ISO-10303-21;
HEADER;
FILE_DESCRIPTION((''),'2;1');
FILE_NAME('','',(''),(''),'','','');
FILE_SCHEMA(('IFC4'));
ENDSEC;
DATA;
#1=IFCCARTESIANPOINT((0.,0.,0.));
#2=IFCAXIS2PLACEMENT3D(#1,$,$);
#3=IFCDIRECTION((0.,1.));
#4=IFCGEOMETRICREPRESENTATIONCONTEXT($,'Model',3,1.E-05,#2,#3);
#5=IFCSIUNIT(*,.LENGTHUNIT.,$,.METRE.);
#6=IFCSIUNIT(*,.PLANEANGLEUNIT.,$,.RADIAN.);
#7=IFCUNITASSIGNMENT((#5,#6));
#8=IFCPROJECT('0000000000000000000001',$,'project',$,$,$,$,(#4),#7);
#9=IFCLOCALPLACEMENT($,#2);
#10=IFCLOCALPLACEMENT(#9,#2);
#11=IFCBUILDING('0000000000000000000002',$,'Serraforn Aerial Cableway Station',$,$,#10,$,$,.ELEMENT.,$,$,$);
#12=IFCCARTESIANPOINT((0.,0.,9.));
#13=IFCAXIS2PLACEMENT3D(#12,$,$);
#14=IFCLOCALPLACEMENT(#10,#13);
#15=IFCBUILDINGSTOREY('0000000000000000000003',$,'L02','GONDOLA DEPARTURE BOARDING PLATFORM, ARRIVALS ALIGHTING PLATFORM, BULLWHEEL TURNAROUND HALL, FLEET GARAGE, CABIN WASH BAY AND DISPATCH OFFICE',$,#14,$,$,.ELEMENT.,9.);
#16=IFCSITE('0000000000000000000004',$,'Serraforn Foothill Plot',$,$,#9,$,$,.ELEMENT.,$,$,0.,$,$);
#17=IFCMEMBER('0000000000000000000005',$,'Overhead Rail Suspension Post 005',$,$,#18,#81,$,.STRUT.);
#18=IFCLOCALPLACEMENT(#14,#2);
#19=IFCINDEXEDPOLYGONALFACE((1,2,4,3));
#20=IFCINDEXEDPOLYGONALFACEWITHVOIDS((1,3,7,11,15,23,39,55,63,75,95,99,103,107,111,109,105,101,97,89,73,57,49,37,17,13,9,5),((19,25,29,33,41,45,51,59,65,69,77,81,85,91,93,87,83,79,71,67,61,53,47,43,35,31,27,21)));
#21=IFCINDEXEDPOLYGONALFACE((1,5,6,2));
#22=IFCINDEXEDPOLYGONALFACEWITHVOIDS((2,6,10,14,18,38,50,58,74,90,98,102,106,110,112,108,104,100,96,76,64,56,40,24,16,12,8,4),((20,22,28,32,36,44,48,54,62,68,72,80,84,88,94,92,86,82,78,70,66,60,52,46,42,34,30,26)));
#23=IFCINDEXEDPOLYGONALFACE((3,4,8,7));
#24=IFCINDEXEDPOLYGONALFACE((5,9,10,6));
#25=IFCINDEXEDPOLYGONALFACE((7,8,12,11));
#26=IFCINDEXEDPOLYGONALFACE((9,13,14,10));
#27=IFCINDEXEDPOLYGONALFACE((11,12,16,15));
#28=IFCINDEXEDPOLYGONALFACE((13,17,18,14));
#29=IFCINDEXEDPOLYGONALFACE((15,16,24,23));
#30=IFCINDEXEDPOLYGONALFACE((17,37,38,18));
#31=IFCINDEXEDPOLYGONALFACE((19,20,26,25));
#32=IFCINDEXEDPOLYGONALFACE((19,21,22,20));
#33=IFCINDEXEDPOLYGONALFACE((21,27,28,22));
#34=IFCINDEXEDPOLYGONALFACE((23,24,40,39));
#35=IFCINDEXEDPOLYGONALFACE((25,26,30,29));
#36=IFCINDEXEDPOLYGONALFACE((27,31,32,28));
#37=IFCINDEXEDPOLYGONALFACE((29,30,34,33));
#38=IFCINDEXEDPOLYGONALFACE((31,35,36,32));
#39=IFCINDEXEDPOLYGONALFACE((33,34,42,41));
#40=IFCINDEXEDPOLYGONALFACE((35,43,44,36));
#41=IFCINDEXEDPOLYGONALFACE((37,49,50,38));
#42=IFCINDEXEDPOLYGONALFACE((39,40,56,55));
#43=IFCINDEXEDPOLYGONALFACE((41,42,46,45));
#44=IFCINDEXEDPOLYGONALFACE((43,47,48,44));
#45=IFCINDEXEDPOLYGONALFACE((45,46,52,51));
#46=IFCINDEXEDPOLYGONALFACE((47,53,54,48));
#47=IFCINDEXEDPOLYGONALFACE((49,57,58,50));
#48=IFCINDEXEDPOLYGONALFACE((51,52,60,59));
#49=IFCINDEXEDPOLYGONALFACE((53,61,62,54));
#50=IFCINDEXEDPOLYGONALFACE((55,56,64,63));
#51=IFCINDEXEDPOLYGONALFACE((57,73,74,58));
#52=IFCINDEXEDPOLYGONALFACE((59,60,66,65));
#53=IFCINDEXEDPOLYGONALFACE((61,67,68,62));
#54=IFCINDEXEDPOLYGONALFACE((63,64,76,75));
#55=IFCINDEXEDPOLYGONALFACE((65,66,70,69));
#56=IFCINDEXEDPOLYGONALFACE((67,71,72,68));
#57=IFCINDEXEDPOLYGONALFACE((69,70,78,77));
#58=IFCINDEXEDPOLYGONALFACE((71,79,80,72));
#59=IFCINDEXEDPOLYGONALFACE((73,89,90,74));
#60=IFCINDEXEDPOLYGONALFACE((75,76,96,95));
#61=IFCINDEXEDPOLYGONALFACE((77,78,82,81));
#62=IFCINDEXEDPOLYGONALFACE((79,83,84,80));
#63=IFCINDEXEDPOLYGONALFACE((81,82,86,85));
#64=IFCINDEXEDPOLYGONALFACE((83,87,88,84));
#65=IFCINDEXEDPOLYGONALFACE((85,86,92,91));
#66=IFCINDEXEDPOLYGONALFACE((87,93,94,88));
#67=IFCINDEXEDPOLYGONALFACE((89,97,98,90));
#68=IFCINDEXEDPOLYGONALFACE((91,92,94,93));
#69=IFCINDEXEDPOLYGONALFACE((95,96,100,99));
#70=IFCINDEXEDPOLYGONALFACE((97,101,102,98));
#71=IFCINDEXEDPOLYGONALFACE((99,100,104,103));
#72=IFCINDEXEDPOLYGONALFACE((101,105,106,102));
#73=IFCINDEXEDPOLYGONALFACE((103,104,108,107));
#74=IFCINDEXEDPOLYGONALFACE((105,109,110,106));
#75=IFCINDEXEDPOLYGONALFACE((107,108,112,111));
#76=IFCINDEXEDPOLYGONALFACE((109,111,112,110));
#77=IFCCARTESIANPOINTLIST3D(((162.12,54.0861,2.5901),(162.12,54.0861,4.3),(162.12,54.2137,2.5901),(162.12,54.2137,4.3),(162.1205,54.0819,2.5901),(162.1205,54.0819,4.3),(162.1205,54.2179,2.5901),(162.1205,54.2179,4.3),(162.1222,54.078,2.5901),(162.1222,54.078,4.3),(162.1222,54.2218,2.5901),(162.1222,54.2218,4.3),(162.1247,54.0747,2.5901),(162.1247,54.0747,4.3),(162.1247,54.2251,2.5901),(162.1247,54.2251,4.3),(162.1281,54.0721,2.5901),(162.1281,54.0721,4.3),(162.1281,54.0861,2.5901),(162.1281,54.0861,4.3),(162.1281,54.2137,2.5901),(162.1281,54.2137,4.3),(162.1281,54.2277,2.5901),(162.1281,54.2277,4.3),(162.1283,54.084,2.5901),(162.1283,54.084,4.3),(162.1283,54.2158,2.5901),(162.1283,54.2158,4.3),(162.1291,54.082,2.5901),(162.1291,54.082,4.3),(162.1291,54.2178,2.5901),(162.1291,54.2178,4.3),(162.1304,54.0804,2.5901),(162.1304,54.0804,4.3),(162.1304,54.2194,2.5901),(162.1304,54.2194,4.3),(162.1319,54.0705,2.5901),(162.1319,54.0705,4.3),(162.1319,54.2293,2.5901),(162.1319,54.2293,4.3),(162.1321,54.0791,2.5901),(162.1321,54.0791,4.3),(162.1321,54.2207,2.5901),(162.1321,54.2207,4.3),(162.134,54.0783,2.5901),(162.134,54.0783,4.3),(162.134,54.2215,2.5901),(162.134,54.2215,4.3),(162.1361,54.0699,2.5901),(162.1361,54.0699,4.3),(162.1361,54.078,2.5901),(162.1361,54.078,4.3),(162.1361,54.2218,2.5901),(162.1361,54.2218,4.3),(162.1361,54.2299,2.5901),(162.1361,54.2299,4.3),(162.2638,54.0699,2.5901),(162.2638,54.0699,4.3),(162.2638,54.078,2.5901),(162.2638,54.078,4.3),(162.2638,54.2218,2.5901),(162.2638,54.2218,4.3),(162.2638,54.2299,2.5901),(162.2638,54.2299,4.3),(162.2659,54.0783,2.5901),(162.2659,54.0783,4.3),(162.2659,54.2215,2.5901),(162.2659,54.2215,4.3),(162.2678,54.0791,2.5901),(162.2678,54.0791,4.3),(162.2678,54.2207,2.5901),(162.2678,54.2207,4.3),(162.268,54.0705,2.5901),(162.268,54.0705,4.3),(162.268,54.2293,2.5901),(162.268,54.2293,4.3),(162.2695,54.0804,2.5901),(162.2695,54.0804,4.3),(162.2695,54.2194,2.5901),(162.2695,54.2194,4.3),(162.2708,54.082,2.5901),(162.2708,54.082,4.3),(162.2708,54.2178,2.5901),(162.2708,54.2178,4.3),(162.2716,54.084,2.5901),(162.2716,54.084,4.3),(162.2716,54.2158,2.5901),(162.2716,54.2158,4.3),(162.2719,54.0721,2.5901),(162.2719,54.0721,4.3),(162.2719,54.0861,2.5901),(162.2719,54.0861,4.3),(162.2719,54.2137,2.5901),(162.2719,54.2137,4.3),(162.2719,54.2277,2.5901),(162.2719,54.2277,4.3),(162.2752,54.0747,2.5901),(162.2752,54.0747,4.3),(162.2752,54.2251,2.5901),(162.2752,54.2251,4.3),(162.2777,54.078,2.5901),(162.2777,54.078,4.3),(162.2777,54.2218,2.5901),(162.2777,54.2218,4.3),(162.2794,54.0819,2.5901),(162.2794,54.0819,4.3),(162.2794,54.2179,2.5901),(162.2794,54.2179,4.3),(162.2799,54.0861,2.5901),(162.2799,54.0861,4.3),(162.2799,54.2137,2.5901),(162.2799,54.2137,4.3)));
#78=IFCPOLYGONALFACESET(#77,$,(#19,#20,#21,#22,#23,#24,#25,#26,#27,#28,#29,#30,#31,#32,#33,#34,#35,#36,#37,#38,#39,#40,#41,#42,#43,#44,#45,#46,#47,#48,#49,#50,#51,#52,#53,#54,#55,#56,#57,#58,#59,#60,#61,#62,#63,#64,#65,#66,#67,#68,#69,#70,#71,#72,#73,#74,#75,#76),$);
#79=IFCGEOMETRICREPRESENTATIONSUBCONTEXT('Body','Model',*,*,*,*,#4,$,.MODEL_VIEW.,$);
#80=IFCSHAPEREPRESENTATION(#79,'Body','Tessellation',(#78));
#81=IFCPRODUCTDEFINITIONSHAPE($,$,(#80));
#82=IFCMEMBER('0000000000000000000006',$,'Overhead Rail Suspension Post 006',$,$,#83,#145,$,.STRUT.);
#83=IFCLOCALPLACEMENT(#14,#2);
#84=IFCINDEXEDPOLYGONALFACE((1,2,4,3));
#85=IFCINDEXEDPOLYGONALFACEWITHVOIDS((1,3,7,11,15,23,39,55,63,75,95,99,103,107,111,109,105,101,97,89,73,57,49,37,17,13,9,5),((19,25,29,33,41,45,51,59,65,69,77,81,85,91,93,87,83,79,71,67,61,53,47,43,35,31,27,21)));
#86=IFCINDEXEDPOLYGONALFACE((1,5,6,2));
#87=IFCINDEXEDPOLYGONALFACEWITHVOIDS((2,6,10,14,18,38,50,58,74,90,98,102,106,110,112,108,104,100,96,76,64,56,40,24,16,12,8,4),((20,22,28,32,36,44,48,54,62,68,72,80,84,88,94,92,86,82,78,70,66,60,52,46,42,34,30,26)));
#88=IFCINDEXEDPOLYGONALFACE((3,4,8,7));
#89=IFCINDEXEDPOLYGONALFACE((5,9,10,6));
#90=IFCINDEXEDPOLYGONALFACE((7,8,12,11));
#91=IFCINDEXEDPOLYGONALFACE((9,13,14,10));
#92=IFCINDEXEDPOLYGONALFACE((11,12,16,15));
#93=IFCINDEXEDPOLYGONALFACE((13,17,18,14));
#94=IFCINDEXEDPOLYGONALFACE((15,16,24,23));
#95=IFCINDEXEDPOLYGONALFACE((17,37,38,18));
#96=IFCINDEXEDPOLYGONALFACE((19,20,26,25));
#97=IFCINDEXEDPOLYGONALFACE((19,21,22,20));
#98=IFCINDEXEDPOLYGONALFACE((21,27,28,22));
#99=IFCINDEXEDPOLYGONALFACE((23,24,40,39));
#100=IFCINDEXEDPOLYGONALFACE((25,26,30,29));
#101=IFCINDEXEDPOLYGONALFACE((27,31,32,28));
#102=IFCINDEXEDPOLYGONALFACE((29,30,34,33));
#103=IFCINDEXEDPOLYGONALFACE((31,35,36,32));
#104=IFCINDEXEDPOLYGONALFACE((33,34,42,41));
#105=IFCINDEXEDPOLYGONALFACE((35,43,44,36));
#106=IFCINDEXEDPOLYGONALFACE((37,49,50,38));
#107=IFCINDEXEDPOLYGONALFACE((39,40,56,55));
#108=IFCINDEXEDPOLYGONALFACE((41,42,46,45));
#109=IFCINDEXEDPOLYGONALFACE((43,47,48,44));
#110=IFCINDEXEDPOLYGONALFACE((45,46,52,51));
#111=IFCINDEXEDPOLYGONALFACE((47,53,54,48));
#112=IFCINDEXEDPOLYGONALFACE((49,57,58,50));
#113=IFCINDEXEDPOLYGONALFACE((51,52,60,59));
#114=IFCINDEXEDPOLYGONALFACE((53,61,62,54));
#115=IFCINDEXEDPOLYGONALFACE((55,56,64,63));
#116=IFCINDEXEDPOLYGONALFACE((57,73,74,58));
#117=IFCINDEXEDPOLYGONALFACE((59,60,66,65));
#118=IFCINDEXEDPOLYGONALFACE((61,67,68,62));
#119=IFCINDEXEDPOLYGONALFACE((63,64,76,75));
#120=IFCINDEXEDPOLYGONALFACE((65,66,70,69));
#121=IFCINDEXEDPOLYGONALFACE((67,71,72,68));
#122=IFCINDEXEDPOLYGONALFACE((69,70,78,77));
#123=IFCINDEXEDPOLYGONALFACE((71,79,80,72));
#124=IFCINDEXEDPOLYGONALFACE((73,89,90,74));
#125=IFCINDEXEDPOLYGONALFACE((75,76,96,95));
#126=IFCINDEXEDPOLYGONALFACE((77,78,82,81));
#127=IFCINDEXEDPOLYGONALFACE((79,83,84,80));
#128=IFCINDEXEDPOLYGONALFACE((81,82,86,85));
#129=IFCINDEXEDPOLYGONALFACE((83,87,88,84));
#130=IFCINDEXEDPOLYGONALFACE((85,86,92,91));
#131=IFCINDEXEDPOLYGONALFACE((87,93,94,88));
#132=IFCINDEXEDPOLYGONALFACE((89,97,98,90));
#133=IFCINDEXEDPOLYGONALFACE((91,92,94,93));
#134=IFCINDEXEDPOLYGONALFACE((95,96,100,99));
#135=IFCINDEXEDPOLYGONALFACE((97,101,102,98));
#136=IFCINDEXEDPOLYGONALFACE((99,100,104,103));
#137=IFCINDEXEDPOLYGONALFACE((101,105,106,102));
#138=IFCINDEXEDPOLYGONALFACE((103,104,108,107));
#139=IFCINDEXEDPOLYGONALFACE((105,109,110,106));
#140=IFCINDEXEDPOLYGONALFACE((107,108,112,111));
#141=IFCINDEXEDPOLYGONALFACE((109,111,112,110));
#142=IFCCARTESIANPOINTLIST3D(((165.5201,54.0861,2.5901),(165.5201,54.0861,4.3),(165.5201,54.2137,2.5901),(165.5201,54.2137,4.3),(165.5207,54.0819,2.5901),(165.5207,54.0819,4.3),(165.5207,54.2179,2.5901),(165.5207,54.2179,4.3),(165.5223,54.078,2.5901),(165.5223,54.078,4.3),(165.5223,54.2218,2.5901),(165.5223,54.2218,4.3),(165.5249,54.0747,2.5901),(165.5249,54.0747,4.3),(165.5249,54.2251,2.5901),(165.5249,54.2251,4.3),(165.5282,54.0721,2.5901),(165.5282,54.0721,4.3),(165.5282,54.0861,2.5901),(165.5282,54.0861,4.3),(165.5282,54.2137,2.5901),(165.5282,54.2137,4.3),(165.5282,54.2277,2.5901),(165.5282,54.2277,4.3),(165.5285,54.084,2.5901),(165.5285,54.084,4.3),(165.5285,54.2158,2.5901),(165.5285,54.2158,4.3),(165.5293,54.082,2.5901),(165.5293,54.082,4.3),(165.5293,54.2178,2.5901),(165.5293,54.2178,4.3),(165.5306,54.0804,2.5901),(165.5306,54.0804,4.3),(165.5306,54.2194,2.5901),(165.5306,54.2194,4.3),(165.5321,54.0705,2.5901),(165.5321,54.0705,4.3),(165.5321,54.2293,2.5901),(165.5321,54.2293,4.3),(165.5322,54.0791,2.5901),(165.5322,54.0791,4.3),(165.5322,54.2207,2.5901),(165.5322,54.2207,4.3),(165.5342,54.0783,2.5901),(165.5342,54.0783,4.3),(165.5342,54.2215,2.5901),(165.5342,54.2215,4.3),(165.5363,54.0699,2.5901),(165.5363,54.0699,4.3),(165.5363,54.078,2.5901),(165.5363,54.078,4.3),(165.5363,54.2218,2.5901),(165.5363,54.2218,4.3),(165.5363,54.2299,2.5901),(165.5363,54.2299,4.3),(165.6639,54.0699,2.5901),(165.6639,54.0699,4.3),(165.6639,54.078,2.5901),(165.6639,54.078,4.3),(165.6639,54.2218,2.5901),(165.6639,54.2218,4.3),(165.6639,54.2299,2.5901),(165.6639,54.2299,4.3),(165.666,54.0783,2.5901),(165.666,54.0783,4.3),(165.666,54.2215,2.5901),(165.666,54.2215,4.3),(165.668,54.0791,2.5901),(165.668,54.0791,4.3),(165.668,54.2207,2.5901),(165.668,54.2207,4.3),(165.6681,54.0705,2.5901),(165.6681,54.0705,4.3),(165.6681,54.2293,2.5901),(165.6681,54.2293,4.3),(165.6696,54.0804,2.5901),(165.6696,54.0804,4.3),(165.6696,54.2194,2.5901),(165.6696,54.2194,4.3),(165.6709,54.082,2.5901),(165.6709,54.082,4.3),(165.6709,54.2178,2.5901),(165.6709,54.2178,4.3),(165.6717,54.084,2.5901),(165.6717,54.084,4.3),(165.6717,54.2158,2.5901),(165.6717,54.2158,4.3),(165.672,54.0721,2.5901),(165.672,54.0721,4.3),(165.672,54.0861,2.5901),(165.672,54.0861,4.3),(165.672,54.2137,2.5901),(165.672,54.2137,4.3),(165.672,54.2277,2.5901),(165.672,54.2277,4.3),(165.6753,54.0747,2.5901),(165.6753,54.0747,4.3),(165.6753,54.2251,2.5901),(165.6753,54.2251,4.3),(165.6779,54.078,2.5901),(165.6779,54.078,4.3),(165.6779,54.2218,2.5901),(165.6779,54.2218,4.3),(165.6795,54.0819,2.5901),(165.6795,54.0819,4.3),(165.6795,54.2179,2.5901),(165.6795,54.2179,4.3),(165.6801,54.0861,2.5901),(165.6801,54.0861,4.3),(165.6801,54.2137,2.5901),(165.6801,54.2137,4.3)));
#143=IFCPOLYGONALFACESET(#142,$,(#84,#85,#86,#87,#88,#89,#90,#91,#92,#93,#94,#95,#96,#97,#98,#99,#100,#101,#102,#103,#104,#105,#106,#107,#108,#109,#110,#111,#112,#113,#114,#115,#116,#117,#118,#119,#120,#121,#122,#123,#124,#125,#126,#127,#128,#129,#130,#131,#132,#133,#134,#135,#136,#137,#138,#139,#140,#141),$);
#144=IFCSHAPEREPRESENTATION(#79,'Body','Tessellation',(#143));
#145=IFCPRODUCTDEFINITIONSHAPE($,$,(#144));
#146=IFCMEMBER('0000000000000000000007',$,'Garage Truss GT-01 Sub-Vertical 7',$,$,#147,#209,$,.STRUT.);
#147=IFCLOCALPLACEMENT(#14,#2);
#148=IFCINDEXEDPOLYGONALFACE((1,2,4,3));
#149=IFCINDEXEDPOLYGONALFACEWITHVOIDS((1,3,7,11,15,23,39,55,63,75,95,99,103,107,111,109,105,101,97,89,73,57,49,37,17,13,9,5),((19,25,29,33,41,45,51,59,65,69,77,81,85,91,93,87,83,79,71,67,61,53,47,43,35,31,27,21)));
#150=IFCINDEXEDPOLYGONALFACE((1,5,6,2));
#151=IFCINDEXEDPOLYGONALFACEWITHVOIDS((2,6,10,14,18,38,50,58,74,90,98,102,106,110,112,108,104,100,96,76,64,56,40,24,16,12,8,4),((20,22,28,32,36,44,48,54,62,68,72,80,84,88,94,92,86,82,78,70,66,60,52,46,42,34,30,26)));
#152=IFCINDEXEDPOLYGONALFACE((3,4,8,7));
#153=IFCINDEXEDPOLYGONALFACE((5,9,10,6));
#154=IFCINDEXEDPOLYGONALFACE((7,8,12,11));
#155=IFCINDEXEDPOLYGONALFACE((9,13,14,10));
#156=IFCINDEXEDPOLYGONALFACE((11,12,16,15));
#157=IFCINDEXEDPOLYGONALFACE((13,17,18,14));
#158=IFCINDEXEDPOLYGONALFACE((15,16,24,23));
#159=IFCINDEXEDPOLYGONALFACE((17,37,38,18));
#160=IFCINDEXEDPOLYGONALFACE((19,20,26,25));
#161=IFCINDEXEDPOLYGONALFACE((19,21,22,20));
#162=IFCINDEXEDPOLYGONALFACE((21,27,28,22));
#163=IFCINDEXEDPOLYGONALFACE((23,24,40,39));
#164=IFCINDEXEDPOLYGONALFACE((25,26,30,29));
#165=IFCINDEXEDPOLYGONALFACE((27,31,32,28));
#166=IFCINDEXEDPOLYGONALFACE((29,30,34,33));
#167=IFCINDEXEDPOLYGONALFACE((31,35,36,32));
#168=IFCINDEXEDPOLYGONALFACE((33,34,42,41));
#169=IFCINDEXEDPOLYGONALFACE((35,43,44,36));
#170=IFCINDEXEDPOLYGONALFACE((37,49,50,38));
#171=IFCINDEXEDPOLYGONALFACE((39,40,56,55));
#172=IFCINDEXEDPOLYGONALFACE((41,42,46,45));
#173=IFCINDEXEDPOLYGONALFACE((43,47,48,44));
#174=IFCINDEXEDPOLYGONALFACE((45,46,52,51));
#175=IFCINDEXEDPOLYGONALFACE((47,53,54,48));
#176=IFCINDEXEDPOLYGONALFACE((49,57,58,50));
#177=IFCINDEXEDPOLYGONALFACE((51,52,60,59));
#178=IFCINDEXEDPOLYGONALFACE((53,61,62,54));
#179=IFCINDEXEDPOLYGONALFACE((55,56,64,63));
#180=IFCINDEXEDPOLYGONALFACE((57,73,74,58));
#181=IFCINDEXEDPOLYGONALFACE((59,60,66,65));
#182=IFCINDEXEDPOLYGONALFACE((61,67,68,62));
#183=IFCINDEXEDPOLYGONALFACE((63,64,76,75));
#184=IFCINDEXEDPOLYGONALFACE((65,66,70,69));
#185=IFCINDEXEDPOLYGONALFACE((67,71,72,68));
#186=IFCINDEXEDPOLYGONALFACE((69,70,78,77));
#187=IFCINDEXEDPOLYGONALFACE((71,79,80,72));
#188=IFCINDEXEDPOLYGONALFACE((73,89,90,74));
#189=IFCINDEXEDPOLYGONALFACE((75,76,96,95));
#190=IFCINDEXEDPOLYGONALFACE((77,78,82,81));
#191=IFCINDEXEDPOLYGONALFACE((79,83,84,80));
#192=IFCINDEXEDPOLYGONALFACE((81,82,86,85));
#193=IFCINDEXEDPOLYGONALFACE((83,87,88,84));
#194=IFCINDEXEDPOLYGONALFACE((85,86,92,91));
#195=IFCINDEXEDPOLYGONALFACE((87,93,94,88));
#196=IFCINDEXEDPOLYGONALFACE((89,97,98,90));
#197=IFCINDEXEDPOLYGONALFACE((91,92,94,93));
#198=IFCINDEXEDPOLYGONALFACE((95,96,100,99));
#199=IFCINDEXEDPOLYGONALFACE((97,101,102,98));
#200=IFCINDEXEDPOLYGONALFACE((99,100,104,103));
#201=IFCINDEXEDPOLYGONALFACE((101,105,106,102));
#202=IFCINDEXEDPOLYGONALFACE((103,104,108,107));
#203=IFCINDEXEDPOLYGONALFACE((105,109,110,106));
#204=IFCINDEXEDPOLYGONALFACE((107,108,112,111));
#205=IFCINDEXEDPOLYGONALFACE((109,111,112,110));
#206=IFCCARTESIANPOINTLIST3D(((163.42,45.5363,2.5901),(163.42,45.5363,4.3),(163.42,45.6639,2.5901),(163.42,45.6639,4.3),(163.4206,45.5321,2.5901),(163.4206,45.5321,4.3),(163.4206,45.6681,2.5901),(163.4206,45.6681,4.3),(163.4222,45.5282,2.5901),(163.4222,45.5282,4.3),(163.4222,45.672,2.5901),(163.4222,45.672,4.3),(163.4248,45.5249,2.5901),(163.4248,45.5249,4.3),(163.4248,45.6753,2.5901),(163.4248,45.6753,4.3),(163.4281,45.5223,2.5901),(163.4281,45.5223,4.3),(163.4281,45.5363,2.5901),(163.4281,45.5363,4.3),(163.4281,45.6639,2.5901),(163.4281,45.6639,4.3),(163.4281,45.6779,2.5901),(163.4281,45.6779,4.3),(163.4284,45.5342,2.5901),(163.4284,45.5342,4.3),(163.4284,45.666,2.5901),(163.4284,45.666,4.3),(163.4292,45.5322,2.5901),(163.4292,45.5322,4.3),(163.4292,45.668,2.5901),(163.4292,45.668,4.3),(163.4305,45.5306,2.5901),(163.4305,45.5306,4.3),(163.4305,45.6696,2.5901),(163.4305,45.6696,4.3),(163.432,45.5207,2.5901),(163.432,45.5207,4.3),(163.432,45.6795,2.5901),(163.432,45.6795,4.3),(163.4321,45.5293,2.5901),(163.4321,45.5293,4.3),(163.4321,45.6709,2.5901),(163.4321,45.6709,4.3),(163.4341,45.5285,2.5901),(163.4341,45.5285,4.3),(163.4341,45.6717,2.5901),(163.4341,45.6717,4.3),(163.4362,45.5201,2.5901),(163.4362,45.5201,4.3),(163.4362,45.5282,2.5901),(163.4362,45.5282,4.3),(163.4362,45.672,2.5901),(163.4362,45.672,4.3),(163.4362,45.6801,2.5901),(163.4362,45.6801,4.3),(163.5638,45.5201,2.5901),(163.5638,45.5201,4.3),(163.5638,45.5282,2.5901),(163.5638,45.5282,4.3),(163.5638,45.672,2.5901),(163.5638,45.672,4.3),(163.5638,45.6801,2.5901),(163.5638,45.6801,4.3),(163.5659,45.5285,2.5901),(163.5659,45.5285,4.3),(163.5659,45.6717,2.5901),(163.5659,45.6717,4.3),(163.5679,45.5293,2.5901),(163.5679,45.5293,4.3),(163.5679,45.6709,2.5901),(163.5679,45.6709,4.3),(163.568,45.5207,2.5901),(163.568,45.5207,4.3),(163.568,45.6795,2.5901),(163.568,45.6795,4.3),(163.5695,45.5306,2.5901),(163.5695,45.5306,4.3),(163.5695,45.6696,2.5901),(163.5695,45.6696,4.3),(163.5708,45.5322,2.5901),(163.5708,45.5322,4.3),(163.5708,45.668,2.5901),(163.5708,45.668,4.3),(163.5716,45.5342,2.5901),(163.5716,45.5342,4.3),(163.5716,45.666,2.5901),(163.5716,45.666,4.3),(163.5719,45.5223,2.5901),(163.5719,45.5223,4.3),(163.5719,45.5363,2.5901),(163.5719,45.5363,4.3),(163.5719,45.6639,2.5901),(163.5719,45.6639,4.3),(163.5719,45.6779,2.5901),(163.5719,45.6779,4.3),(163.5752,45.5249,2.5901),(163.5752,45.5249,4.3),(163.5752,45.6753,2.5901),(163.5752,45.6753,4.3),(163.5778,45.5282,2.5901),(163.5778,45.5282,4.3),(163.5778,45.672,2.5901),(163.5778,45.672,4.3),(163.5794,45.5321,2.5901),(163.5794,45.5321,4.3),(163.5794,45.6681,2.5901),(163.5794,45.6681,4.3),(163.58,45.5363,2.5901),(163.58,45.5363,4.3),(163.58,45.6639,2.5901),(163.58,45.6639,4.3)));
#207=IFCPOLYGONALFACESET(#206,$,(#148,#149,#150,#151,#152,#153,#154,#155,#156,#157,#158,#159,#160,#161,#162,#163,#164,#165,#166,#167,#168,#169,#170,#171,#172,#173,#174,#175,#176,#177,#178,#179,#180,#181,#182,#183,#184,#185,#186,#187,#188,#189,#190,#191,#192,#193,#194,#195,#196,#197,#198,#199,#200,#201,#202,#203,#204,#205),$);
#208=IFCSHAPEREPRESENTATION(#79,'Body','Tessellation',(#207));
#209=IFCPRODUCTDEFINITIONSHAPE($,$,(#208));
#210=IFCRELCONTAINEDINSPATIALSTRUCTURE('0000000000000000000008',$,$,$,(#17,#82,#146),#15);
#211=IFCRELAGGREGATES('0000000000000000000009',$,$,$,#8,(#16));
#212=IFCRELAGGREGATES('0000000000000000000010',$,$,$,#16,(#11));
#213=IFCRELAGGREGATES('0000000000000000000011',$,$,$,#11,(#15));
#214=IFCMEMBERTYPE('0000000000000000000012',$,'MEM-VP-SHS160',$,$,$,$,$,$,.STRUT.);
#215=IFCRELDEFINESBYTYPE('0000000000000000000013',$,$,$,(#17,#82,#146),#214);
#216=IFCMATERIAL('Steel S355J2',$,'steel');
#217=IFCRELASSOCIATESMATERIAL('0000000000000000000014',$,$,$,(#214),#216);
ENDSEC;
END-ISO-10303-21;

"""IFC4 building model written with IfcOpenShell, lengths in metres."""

from ifc_helpers import new_model, si_unit, direction, frame, origin, origin_2d, place, context, subcontext, project, spatial, hollow_rectangle, extrude, material, material_profile, profile_set, type_object, element, save


model = new_model("IFC4")

# Units and contexts
model_context = context("Model", 3, precision=1e-05, world=origin(), true_north=direction((0.0, 1.0)))
body_context = subcontext(model_context, "Body", "Model", "MODEL_VIEW")
ifc_project = project(units=[si_unit("LENGTHUNIT", "METRE"), si_unit("PLANEANGLEUNIT", "RADIAN")], contexts=[model_context])

# Site, building, storey
site_placement = place(None, origin())
site = spatial("IfcSite", under=ifc_project, at=site_placement, Name="Serraforn Foothill Plot", CompositionType="ELEMENT", RefElevation=0.0)
building_placement = place(site_placement, origin())
building = spatial("IfcBuilding", under=site, at=building_placement, Name="Serraforn Aerial Cableway Station", CompositionType="ELEMENT")
storey_placement = place(building_placement, frame((0.0, 0.0, 9.0)))
storey = spatial("IfcBuildingStorey", under=building, at=storey_placement, Name="L02", Description="GONDOLA DEPARTURE BOARDING PLATFORM, ARRIVALS ALIGHTING PLATFORM, BULLWHEEL TURNAROUND HALL, FLEET GARAGE, CABIN WASH BAY AND DISPATCH OFFICE", CompositionType="ELEMENT", Elevation=9.0)

# Shared definitions
ifc_material_1 = material(Name="Steel S355J2", Category="steel")

# Members
ifc_material_profile_1 = material_profile(ifc_material_1, hollow_rectangle(XDim=0.1599, YDim=0.1599, WallThickness=0.0081, InnerFilletRadius=0.0081, OuterFilletRadius=0.0161, at=origin_2d()), Name="SHS 160x160x8.0")
ifc_profile_set_1 = profile_set([ifc_material_profile_1], Name="Steel S355J2")
member_type_1 = type_object("IfcMemberType", Name="MEM-VP-SHS160", PredefinedType="STRUT", material=ifc_profile_set_1)
for number, where, z_axis, x_axis, name in (
    (1, (162.2, 54.1499, 2.5901), (0.0, 0.0, 1.0), (1.0, 0.0, 0.0), "Overhead Rail Suspension Post 005"),
    (2, (165.6001, 54.1499, 2.5901), (0.0, 0.0, 1.0), (1.0, 0.0, 0.0), "Overhead Rail Suspension Post 006"),
    (3, (163.5, 45.6001, 2.5901), (0.0, 0.0, 1.0), (1.0, 0.0, 0.0), "Garage Truss GT-01 Sub-Vertical 7"),
):
    element("IfcMember", number, at=place(storey_placement, frame(where, z_axis=z_axis, x_axis=x_axis)), inside=storey, type_object=member_type_1, Name=name, PredefinedType="STRUT", context=body_context, shape_type="SweptSolid", body=[
        extrude(hollow_rectangle(XDim=0.1599, YDim=0.1599, WallThickness=0.0081, InnerFilletRadius=0.0081, OuterFilletRadius=0.0161, at=origin_2d()), origin(), (0.0, 0.0, 1.0), 1.71),
    ])

save(model, "model.ifc")
